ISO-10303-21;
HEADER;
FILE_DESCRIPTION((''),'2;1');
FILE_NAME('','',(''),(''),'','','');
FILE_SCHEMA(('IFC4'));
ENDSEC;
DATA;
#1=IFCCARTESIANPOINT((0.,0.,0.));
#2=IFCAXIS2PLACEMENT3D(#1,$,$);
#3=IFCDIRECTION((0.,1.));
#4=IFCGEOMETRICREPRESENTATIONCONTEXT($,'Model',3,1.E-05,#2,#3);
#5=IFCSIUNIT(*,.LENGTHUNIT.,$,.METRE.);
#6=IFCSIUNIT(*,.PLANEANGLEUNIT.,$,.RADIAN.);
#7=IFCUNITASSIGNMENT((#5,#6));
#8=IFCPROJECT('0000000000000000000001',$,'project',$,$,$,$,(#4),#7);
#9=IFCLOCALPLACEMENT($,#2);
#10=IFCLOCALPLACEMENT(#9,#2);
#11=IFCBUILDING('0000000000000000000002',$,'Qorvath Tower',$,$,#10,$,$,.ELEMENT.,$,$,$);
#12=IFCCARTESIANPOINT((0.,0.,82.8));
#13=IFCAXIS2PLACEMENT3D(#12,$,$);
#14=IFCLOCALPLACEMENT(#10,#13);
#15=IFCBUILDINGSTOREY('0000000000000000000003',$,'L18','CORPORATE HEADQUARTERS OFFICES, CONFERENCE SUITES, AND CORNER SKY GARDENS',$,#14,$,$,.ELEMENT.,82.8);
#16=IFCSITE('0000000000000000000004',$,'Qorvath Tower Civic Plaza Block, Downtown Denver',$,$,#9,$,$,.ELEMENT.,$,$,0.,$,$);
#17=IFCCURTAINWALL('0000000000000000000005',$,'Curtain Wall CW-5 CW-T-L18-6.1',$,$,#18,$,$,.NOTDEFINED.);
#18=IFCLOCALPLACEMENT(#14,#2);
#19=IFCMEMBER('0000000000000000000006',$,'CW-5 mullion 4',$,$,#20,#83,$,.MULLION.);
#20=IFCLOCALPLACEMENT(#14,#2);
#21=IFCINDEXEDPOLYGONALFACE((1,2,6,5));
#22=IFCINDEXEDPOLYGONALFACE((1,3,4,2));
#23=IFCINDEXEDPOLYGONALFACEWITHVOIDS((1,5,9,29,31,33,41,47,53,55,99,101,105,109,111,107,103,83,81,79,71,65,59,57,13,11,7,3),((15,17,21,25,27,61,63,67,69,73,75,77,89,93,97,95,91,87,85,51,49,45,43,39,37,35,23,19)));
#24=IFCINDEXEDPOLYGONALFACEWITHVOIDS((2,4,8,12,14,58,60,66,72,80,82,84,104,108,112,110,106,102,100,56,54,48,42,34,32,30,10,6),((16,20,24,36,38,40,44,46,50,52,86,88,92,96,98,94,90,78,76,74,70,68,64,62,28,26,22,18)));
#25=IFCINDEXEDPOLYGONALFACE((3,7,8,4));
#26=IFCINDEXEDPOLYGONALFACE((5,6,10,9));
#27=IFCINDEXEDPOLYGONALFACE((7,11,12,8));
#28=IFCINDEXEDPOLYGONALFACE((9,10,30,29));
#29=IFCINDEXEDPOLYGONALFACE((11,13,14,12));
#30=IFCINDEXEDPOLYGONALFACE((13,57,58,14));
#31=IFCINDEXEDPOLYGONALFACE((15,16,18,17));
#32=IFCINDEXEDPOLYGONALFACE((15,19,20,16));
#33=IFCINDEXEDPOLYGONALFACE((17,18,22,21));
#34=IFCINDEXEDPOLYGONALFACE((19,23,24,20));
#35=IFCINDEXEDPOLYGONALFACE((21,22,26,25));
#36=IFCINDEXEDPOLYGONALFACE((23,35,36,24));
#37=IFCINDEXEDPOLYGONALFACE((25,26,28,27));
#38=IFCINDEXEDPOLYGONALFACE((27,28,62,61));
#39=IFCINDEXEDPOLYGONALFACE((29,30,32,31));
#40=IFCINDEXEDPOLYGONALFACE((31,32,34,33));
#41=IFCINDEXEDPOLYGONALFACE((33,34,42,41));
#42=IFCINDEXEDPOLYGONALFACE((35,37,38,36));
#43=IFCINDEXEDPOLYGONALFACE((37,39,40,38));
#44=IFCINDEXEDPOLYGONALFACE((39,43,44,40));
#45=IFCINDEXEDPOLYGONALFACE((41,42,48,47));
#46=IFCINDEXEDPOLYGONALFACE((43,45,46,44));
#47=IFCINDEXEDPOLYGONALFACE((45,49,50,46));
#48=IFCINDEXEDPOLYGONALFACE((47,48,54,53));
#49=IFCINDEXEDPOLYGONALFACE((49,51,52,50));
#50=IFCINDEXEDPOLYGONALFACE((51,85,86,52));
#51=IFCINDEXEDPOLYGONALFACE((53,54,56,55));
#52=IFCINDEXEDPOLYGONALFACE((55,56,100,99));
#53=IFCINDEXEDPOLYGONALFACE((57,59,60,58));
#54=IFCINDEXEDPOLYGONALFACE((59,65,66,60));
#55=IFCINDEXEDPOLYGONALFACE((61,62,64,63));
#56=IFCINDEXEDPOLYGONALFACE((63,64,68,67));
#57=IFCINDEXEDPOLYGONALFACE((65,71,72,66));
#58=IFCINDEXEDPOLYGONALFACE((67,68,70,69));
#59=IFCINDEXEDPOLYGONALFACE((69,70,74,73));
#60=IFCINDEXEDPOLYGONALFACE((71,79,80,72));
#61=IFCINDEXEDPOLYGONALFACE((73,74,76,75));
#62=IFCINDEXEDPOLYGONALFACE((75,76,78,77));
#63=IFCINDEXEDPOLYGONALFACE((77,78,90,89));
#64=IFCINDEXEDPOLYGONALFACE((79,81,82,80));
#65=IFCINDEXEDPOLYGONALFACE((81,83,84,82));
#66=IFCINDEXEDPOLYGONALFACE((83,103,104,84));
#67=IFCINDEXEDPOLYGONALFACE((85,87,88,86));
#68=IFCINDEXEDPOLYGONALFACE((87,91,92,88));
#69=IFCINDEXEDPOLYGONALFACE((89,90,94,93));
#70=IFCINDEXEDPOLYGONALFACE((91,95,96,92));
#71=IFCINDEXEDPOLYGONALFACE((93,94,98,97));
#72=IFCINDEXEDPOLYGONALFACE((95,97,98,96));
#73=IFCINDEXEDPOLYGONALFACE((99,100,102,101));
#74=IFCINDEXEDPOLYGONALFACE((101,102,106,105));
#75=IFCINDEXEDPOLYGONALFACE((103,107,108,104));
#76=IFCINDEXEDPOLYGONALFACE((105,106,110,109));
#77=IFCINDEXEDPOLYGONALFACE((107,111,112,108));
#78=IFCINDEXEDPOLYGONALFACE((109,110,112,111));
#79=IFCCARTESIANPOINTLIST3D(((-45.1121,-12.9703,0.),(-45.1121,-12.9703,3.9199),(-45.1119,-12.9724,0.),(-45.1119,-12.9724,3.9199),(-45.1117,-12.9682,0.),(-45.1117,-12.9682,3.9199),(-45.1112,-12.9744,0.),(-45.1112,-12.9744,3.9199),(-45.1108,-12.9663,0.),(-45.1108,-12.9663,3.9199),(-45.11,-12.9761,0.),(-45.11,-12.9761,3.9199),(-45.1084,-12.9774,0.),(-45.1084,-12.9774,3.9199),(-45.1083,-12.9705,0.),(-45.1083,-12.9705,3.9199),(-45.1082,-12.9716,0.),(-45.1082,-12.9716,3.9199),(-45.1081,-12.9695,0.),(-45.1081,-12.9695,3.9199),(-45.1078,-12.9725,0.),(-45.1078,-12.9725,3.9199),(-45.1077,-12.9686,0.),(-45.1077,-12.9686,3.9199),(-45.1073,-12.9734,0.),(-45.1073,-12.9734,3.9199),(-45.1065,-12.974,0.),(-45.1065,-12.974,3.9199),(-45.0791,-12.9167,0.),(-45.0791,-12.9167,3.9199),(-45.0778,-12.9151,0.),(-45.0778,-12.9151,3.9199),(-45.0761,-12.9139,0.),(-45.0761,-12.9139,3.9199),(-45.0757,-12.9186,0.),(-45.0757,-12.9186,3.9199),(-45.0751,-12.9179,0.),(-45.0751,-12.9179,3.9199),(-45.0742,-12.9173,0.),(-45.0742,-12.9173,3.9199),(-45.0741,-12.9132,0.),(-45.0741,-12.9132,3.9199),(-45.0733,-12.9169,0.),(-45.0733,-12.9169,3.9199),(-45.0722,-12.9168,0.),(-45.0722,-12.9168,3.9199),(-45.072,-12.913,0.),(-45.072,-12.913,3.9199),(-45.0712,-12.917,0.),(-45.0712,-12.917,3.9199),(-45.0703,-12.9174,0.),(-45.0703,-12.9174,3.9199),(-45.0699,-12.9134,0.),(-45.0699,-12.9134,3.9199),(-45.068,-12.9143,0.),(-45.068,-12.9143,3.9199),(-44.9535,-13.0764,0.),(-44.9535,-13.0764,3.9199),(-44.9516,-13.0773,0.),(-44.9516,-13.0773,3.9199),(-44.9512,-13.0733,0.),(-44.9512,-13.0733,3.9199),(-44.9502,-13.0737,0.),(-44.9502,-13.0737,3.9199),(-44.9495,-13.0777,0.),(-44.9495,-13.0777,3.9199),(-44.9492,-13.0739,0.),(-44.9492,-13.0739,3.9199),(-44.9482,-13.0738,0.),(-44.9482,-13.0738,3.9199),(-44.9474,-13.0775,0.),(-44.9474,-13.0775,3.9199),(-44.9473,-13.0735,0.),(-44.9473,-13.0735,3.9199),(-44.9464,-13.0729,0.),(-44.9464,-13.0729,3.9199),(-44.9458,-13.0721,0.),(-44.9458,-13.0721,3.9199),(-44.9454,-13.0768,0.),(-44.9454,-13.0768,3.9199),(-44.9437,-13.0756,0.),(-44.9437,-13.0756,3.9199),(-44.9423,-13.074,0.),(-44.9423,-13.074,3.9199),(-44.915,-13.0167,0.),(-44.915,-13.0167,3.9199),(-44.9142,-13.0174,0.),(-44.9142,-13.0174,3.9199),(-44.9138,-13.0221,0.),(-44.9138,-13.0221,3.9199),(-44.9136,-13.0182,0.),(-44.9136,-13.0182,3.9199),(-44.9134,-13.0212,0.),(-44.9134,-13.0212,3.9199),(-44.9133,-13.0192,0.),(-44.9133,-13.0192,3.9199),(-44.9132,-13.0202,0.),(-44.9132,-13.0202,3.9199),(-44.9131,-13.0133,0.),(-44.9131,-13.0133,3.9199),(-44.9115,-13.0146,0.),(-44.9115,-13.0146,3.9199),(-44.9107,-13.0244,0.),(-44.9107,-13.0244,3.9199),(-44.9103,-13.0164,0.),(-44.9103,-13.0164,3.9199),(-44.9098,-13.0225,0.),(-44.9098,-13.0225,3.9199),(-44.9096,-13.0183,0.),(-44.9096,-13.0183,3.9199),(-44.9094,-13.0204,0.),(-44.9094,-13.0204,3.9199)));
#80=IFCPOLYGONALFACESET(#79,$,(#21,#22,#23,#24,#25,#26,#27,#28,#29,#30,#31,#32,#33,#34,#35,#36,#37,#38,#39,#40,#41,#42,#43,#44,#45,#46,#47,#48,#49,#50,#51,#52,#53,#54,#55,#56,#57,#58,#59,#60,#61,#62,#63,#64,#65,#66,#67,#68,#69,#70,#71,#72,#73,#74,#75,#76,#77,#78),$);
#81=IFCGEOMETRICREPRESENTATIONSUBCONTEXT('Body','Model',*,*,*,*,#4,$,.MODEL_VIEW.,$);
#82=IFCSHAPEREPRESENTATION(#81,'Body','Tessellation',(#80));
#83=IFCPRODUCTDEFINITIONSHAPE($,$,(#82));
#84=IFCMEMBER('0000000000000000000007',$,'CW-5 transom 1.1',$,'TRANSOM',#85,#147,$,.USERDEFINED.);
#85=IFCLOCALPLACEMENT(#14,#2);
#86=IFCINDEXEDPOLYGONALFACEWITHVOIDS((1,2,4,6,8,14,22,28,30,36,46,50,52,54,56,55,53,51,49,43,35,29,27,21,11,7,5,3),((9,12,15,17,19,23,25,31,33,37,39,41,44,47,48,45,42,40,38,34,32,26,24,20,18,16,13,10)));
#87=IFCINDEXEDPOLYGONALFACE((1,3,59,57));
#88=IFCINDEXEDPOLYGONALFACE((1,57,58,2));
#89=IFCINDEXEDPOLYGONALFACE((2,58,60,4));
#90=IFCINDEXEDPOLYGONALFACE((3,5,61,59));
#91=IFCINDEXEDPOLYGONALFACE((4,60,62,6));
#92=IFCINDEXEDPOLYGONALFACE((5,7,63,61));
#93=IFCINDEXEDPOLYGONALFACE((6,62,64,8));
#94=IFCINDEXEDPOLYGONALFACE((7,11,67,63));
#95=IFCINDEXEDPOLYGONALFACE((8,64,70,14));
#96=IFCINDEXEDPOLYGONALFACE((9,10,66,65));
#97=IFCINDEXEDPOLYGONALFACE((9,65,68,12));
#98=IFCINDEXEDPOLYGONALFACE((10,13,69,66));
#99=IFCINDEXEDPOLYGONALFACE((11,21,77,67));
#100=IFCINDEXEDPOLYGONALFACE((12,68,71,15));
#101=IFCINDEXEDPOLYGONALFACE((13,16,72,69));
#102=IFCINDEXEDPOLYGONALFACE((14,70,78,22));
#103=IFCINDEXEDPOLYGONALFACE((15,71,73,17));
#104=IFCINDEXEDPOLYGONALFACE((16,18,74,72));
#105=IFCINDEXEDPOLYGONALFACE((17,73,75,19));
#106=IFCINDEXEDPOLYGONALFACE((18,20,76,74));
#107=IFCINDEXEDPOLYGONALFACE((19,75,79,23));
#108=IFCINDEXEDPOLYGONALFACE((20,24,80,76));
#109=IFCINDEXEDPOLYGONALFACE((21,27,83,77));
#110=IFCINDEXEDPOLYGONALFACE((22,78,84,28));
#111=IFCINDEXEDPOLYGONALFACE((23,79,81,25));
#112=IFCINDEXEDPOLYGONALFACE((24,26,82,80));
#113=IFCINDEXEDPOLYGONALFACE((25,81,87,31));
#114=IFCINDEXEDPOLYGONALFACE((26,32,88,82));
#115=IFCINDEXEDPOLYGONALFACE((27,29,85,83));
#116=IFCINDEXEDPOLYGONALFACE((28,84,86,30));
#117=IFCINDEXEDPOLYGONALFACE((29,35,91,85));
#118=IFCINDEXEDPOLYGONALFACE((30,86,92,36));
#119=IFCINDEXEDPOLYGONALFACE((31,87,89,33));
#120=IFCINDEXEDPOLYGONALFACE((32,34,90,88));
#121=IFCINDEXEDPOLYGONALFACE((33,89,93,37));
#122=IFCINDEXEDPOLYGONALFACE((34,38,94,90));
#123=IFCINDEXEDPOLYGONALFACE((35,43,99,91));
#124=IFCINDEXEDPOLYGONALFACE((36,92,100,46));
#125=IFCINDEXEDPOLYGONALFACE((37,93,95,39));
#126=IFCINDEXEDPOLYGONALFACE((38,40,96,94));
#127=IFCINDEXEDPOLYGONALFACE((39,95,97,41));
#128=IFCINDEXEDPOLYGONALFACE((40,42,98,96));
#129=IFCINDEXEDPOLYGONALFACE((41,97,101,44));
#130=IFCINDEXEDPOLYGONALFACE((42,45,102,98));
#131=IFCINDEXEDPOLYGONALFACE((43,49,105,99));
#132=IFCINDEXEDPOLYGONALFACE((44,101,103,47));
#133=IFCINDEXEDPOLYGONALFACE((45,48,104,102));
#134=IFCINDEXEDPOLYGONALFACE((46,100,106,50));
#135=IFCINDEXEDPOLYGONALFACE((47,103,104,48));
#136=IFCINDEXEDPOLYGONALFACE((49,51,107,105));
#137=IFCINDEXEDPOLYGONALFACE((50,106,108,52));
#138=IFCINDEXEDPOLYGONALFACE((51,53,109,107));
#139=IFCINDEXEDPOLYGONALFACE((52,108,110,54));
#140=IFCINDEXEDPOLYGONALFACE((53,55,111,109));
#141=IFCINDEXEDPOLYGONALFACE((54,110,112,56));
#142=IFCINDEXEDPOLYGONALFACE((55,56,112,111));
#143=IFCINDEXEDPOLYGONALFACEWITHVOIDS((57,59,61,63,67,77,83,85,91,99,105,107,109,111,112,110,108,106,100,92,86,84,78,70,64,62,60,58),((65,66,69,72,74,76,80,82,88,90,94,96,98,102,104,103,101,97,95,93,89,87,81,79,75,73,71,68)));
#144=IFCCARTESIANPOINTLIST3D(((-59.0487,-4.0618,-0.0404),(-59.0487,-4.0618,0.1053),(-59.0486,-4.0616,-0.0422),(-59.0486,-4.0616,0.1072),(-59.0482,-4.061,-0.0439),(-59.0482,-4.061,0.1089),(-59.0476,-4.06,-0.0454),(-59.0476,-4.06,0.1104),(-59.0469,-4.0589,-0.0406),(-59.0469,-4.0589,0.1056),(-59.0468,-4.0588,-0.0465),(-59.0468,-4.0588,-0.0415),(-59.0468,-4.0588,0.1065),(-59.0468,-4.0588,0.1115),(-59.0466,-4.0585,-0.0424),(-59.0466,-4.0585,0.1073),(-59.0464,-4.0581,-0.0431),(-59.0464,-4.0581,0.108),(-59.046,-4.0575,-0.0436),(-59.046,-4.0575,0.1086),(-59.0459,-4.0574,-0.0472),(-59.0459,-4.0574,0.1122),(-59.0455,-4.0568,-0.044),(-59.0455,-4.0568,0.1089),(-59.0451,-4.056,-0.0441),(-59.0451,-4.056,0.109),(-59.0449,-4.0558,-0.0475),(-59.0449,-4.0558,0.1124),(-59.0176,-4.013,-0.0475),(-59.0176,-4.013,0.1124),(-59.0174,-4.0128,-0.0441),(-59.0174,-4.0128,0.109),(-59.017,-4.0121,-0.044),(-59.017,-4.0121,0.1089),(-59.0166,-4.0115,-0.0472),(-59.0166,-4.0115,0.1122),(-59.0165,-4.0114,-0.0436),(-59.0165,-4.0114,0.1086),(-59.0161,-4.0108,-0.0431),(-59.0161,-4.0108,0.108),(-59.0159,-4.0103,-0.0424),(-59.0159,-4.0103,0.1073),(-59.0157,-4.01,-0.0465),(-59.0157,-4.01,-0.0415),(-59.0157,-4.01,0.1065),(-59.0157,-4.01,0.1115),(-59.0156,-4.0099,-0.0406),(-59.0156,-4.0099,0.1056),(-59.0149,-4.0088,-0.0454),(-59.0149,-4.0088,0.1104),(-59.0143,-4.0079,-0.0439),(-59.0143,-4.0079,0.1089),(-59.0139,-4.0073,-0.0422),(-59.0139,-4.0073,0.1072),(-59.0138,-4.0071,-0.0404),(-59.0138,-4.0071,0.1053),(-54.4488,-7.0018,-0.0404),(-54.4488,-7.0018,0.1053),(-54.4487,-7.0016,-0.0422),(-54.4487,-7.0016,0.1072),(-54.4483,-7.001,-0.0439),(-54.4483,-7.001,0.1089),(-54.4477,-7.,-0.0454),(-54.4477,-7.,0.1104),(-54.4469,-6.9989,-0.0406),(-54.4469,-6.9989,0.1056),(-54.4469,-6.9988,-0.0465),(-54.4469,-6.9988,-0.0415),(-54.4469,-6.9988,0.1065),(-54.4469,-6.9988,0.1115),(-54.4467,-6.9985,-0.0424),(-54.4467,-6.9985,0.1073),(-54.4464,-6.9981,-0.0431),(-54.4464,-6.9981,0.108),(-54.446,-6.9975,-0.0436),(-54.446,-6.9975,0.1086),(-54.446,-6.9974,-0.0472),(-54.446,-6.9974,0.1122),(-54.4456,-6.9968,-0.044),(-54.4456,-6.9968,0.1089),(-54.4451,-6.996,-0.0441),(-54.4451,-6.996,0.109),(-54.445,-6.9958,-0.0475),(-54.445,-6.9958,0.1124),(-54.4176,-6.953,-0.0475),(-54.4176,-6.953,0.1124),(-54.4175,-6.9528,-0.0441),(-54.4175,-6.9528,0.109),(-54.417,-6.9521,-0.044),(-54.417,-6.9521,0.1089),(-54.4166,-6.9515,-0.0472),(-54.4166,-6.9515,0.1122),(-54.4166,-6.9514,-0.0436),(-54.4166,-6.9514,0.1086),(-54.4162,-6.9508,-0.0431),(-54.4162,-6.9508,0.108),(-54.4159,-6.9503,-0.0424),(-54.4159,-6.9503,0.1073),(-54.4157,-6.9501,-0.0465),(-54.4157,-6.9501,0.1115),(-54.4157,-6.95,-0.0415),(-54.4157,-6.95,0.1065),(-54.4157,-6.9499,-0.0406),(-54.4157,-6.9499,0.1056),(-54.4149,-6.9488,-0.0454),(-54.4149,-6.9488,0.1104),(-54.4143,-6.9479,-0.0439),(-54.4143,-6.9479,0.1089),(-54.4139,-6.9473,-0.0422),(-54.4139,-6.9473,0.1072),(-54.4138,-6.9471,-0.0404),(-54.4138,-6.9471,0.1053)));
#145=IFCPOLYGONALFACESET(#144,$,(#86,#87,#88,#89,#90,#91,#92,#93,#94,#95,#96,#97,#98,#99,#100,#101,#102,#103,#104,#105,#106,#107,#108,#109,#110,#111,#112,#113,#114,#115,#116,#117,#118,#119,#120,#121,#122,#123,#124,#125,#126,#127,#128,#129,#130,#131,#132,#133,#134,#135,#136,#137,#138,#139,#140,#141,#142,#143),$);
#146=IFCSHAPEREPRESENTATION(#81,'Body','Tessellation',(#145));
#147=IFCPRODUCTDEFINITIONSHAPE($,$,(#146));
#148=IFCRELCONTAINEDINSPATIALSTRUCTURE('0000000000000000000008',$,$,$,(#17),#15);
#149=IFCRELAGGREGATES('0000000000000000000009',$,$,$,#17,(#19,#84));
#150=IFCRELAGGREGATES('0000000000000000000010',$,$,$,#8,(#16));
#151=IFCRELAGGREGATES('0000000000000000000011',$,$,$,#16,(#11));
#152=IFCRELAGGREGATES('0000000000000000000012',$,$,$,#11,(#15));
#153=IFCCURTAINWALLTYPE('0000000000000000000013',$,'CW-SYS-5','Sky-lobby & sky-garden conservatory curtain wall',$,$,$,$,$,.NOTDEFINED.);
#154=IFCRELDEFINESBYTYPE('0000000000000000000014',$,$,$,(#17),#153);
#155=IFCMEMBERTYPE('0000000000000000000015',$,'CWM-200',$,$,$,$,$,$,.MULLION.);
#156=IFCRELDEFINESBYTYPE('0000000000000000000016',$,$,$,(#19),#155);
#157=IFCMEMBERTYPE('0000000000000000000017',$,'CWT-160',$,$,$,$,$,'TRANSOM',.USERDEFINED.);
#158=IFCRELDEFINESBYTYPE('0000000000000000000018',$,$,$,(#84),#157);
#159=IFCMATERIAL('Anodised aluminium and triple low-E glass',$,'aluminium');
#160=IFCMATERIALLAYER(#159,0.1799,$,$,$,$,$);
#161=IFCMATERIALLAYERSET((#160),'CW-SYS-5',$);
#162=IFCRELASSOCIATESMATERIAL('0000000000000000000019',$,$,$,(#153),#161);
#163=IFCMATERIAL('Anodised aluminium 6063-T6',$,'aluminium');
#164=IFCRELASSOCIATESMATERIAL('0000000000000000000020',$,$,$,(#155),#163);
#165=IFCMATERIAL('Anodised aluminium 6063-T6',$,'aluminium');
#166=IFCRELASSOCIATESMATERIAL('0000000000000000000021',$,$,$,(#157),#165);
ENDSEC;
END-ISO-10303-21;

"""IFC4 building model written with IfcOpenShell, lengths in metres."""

from ifc_helpers import new_model, si_unit, direction, frame, origin, origin_2d, place, context, subcontext, project, spatial, hollow_rectangle, extrude, material, layer, layer_set, material_profile, profile_set, type_object, element, aggregate, save


model = new_model("IFC4")

# Units and contexts
model_context = context("Model", 3, precision=1e-05, world=origin(), true_north=direction((0.0, 1.0)))
body_context = subcontext(model_context, "Body", "Model", "MODEL_VIEW")
ifc_project = project(units=[si_unit("LENGTHUNIT", "METRE"), si_unit("PLANEANGLEUNIT", "RADIAN")], contexts=[model_context])

# Site, building, storey
site_placement = place(None, origin())
site = spatial("IfcSite", under=ifc_project, at=site_placement, Name="Qorvath Tower Civic Plaza Block, Downtown Denver", CompositionType="ELEMENT", RefElevation=0.0)
building_placement = place(site_placement, origin())
building = spatial("IfcBuilding", under=site, at=building_placement, Name="Qorvath Tower", CompositionType="ELEMENT")
storey_placement = place(building_placement, frame((0.0, 0.0, 82.8)))
storey = spatial("IfcBuildingStorey", under=building, at=storey_placement, Name="L18", Description="CORPORATE HEADQUARTERS OFFICES, CONFERENCE SUITES, AND CORNER SKY GARDENS", CompositionType="ELEMENT", Elevation=82.8)

# Shared definitions
ifc_material_1 = material(Name="Anodised aluminium and triple low-E glass", Category="aluminium")
ifc_layer_1 = layer(ifc_material_1, 0.1799)
ifc_layer_set_1 = layer_set([ifc_layer_1], Name="CW-SYS-5")
curtain_wall_type = type_object("IfcCurtainWallType", Name="CW-SYS-5", Description="Sky-lobby & sky-garden conservatory curtain wall", PredefinedType="NOTDEFINED", material=ifc_layer_set_1)
ifc_material_2 = material(Name="Anodised aluminium 6063-T6", Category="aluminium")
ifc_material_profile_1 = material_profile(ifc_material_2, hollow_rectangle(XDim=0.075, YDim=0.2, WallThickness=0.0039, InnerFilletRadius=0.0039, OuterFilletRadius=0.0081, at=origin_2d()), Name="CWM 200x75")
ifc_profile_set_1 = profile_set([ifc_material_profile_1], Name="Anodised aluminium 6063-T6")
member_type_1 = type_object("IfcMemberType", Name="CWM-200", PredefinedType="MULLION", material=ifc_profile_set_1)

# Curtain wall, members
curtain_wall_1_placement = place(storey_placement, origin())
curtain_wall_1 = element("IfcCurtainWall", 1, at=curtain_wall_1_placement, inside=storey, type_object=curtain_wall_type, Name="Curtain Wall CW-5 CW-T-L18-6.1", PredefinedType="NOTDEFINED")
member_1_placement = place(storey_placement, frame((-45.0107, -12.9954, 0.0), z_axis=(0.0, 0.0, 1.0), x_axis=(0.538528, 0.842608, 0.0)))
member_1 = element("IfcMember", 2, at=member_1_placement, type_object=member_type_1, Name="CW-5 mullion 4", PredefinedType="MULLION", context=body_context, shape_type="SweptSolid", body=[
    extrude(hollow_rectangle(XDim=0.075, YDim=0.2, WallThickness=0.0039, InnerFilletRadius=0.0039, OuterFilletRadius=0.0081, at=origin_2d()), origin(), (0.0, 0.0, 1.0), 3.9199),
])
ifc_material_3 = material(Name="Anodised aluminium 6063-T6", Category="aluminium")
ifc_material_profile_2 = material_profile(ifc_material_3, hollow_rectangle(XDim=0.0649, YDim=0.1599, WallThickness=0.0034, InnerFilletRadius=0.0034, OuterFilletRadius=0.0071, at=origin_2d()), Name="CWT 160x65")
ifc_profile_set_2 = profile_set([ifc_material_profile_2], Name="Anodised aluminium 6063-T6")
member_type_2 = type_object("IfcMemberType", Name="CWT-160", ElementType="TRANSOM", PredefinedType="USERDEFINED", material=ifc_profile_set_2)
member_2_placement = place(storey_placement, frame((-59.0312, -4.0344, 0.0325), z_axis=(0.842601, -0.538538, 0.0), x_axis=(0.538538, 0.842601, 0.0)))
member_2 = element("IfcMember", 3, at=member_2_placement, type_object=member_type_2, Name="CW-5 transom 1.1", ObjectType="TRANSOM", PredefinedType="USERDEFINED", context=body_context, shape_type="SweptSolid", body=[
    extrude(hollow_rectangle(XDim=0.0649, YDim=0.1599, WallThickness=0.0034, InnerFilletRadius=0.0034, OuterFilletRadius=0.0071, at=origin_2d()), origin(), (0.0, 0.0, 1.0), 5.4592),
])

aggregate(curtain_wall_1, [member_1, member_2])

save(model, "model.ifc")
